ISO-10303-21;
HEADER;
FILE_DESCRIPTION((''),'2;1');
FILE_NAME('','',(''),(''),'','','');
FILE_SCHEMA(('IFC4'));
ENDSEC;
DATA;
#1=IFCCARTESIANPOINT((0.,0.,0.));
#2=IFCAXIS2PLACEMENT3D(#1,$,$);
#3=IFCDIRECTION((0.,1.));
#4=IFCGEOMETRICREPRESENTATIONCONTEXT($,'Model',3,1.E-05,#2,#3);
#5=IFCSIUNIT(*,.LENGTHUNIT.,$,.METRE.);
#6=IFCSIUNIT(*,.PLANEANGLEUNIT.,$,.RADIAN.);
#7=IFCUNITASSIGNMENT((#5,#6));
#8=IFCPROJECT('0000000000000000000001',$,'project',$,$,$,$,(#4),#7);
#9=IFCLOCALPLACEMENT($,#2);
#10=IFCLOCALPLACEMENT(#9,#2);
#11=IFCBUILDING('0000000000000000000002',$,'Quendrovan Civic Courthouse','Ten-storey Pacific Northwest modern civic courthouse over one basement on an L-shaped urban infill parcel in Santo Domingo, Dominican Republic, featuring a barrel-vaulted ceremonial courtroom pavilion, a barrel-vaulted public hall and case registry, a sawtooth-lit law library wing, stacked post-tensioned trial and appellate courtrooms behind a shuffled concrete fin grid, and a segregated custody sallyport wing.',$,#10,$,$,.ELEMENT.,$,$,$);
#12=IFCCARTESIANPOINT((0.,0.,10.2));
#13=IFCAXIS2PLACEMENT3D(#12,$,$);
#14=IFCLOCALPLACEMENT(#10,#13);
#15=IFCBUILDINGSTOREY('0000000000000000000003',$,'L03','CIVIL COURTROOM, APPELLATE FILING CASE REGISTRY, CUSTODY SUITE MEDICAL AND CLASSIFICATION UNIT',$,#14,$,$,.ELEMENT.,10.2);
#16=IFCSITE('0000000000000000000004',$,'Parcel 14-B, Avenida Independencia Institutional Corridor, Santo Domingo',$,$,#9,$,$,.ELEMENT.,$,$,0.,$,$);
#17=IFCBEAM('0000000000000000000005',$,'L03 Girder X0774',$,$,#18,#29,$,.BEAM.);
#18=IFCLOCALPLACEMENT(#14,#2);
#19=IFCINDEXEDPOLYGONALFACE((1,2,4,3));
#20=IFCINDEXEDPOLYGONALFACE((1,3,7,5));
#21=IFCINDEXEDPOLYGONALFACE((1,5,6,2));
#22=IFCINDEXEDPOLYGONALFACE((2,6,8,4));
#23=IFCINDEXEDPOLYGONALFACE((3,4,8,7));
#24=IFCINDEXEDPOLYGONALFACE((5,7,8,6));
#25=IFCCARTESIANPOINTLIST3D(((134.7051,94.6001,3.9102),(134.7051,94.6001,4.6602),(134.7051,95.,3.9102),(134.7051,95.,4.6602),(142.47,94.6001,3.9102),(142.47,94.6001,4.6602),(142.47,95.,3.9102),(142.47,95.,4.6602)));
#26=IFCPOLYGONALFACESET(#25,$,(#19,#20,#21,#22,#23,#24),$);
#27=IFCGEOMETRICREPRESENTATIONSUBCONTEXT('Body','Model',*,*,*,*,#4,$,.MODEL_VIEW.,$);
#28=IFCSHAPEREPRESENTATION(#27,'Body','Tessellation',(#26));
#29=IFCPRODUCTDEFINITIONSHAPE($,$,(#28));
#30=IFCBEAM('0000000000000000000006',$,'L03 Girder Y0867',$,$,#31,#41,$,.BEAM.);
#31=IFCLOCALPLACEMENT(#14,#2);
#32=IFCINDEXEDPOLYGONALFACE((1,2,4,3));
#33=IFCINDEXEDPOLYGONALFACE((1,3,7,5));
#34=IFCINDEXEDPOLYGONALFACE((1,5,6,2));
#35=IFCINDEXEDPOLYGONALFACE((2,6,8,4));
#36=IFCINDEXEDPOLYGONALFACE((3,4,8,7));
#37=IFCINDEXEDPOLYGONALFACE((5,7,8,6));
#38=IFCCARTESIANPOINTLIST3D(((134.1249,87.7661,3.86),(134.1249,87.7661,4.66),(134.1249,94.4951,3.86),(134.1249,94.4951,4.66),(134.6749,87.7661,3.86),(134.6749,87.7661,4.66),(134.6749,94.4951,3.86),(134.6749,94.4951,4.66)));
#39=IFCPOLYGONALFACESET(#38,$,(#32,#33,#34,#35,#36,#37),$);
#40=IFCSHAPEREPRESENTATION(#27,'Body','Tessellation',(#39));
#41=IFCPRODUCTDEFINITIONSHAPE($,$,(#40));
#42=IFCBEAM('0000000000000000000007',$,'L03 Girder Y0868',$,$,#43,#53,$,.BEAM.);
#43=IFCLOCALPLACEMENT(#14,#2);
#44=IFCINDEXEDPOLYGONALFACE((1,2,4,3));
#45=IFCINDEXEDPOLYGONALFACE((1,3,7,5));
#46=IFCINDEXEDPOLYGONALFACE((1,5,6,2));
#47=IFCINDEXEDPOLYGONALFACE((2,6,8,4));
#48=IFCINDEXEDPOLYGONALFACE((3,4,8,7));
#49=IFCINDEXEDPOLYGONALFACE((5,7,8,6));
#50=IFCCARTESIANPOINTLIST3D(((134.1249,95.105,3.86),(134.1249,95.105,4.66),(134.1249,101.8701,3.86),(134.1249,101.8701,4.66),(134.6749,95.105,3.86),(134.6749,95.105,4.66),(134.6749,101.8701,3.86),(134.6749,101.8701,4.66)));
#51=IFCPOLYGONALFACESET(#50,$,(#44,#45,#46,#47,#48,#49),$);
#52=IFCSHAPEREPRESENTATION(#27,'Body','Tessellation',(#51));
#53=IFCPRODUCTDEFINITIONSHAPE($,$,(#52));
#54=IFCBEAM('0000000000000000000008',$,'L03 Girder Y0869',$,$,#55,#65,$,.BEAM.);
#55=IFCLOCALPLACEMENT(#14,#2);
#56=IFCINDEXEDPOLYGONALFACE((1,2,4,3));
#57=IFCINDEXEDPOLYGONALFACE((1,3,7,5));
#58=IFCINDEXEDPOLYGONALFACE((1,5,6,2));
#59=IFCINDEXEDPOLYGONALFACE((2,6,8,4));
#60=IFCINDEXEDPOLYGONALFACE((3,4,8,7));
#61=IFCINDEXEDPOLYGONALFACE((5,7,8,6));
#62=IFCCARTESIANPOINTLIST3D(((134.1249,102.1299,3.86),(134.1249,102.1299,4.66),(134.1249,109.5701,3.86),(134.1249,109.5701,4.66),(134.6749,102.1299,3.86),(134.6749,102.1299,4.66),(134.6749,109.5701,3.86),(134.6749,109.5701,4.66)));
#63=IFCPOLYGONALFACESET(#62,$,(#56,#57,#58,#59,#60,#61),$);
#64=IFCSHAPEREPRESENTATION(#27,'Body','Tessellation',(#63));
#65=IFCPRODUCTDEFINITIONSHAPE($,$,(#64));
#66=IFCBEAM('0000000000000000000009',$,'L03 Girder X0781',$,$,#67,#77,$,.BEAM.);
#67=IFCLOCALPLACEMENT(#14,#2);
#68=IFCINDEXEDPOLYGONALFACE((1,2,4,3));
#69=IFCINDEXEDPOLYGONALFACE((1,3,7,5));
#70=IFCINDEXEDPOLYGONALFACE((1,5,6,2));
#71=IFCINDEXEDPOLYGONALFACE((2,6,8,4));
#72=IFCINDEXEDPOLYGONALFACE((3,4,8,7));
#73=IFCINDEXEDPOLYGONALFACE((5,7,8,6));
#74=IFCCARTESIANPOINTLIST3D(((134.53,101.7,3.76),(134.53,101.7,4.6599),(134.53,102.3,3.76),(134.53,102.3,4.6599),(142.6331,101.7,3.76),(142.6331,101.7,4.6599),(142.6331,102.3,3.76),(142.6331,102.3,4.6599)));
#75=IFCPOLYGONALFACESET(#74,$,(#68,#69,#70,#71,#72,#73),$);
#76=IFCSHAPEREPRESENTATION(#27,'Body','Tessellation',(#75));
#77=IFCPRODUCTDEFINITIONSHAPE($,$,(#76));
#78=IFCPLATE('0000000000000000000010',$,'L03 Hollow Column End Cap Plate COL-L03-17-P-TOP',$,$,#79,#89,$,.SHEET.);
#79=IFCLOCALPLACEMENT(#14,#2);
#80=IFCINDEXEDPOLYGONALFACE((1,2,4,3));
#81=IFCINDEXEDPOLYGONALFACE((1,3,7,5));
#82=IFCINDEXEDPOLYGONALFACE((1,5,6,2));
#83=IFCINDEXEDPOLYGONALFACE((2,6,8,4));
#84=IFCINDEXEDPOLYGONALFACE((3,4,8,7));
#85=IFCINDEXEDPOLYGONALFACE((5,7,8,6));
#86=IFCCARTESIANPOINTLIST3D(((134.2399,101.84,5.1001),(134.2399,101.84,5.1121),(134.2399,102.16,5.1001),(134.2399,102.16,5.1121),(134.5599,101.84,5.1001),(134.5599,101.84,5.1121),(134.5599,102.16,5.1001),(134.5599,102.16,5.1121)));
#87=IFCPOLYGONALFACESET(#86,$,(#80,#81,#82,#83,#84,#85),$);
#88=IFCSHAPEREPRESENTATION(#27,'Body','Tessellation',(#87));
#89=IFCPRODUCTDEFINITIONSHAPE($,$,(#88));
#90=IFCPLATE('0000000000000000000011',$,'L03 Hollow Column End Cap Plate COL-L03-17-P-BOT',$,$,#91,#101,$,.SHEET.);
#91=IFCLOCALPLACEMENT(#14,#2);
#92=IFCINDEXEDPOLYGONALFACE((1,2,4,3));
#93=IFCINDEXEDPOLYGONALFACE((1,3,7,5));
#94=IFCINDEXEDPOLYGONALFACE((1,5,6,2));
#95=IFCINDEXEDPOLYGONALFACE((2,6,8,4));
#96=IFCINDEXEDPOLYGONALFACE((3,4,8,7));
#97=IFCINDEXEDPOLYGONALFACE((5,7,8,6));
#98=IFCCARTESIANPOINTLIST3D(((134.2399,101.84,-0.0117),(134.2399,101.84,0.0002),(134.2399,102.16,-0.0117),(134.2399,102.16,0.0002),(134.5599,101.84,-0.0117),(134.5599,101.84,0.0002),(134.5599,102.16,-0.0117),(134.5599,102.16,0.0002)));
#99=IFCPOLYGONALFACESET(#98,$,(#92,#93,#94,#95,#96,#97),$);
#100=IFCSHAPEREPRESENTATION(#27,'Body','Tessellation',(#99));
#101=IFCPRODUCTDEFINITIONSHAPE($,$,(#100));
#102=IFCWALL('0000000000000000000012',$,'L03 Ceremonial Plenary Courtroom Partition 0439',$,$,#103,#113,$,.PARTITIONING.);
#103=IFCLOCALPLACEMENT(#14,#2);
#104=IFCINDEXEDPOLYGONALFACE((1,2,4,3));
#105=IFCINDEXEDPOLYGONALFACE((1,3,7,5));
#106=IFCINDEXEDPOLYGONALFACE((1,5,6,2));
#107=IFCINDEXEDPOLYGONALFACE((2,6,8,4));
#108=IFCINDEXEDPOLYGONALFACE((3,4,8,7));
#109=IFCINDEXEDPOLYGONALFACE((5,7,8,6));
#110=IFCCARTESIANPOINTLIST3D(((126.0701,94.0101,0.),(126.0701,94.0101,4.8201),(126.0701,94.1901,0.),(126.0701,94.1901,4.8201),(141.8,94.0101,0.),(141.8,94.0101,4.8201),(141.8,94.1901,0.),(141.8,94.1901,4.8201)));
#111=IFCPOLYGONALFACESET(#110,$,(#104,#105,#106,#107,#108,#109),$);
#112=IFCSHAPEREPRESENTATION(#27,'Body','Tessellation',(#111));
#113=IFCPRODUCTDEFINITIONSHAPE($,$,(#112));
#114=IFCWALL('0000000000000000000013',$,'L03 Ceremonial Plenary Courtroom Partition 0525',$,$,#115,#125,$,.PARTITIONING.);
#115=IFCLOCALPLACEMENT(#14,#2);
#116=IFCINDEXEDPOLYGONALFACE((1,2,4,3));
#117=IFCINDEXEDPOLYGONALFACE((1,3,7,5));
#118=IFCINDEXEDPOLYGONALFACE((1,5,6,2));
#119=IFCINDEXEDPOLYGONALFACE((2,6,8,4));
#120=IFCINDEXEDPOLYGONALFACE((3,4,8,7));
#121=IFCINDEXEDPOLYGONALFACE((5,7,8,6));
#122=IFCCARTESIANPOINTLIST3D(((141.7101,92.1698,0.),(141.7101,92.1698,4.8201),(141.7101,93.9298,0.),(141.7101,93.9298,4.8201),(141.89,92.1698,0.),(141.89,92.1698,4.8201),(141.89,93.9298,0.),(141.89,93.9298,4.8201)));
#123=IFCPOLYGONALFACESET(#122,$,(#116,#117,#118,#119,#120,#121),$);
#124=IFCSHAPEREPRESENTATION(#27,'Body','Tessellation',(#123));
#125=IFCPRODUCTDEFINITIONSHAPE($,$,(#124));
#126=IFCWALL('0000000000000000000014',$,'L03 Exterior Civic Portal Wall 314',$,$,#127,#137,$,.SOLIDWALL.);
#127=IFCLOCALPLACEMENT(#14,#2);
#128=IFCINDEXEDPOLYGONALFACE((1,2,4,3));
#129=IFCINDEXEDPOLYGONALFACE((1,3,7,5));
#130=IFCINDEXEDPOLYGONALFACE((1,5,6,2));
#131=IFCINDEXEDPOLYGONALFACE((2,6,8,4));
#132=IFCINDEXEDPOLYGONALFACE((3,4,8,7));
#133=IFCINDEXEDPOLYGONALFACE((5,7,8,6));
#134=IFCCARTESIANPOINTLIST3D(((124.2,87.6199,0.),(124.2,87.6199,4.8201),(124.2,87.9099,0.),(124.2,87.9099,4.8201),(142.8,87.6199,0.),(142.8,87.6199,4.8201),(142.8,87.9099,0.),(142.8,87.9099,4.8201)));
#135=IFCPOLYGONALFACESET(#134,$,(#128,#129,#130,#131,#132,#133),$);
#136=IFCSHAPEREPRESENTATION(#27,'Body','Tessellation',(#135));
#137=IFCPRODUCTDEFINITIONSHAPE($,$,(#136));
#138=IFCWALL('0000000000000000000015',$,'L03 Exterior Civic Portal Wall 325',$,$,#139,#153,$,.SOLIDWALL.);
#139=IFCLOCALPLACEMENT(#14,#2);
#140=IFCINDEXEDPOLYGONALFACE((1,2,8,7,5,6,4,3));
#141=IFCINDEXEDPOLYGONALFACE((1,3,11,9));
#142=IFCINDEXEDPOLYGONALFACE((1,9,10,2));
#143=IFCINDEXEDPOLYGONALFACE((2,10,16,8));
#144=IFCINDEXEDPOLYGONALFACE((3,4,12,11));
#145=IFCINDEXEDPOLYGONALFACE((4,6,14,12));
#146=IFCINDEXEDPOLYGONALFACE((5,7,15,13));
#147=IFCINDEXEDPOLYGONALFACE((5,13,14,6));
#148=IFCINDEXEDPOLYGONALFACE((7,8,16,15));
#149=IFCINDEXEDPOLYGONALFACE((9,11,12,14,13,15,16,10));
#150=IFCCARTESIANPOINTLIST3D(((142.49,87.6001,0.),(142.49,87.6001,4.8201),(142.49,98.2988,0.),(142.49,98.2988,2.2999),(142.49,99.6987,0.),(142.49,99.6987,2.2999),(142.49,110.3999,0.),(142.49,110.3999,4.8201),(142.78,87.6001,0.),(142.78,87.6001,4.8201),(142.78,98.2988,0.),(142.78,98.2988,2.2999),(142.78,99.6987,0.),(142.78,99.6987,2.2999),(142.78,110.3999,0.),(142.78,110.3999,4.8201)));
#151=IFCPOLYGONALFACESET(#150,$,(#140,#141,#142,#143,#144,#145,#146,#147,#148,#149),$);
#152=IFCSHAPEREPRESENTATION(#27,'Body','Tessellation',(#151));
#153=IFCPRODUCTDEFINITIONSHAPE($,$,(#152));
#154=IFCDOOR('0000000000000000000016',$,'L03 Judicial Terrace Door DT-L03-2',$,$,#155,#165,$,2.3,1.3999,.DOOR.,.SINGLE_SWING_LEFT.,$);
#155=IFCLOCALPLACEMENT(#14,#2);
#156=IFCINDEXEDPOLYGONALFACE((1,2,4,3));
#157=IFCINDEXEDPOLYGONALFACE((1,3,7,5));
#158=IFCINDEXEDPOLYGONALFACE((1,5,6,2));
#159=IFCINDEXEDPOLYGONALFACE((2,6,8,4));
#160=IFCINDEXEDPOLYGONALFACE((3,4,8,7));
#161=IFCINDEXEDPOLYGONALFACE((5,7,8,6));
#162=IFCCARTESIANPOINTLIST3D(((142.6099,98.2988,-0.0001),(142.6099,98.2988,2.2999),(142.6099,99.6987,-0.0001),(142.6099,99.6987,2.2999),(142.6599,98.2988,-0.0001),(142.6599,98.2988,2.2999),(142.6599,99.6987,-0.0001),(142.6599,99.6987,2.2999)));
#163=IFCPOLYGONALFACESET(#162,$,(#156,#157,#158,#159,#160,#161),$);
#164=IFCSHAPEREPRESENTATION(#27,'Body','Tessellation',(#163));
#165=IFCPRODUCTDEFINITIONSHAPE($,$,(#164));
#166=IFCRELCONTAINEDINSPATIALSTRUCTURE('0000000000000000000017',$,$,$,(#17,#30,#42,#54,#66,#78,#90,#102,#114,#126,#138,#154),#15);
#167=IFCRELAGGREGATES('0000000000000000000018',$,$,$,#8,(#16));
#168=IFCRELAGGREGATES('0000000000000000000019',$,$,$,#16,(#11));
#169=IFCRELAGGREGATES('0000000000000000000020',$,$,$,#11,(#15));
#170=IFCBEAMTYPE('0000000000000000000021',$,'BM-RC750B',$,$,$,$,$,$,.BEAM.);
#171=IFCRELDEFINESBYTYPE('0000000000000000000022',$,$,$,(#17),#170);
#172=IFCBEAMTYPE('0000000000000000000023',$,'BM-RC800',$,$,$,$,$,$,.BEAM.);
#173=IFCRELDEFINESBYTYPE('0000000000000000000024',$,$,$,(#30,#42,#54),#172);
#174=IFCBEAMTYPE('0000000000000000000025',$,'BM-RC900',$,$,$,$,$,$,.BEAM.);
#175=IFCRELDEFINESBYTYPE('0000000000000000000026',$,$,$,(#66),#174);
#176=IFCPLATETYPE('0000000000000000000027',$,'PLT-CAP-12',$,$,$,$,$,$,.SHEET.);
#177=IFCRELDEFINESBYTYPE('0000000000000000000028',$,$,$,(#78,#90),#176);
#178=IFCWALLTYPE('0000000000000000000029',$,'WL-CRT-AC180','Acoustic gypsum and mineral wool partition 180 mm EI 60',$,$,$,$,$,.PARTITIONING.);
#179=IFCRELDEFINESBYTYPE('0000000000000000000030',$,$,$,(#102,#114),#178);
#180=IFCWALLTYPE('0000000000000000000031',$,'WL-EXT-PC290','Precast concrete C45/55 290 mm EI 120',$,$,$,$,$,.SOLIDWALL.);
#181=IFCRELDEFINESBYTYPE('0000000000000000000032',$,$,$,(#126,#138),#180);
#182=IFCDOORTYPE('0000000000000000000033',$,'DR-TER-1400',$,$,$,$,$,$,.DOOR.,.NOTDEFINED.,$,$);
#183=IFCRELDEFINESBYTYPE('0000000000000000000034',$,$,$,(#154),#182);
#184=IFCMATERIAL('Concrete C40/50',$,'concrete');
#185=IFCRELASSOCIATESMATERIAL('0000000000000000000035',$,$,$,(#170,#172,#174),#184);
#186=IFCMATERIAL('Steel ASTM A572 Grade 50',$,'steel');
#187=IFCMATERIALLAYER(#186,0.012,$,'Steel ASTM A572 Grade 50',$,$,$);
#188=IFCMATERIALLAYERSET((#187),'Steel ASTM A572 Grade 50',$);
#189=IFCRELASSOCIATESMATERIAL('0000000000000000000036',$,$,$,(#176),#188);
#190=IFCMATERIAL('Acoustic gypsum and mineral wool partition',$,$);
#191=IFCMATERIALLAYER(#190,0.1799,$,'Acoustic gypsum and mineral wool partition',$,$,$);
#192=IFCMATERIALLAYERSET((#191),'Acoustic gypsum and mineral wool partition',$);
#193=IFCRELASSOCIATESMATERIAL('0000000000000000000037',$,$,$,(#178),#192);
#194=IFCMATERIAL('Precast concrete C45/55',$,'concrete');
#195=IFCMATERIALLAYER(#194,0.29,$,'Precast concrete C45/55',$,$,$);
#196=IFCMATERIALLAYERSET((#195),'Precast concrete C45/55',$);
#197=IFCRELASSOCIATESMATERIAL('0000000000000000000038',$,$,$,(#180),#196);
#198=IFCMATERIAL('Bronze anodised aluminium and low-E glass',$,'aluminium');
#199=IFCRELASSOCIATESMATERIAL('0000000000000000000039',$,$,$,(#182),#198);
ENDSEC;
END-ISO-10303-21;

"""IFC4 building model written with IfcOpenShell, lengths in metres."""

from ifc_helpers import new_model, si_unit, direction, frame, frame_2d, origin, origin_2d, place, context, subcontext, project, spatial, rectangle, extrude, material, layer, layer_set, material_profile, profile_set, type_object, element, fill, save


model = new_model("IFC4")

# Units and contexts
model_context = context("Model", 3, precision=1e-05, world=origin(), true_north=direction((0.0, 1.0)))
body_context = subcontext(model_context, "Body", "Model", "MODEL_VIEW")
ifc_project = project(units=[si_unit("LENGTHUNIT", "METRE"), si_unit("PLANEANGLEUNIT", "RADIAN")], contexts=[model_context])

# Site, building, storey
site_placement = place(None, origin())
site = spatial("IfcSite", under=ifc_project, at=site_placement, Name="Parcel 14-B, Avenida Independencia Institutional Corridor, Santo Domingo", CompositionType="ELEMENT", RefElevation=0.0)
building_placement = place(site_placement, origin())
building = spatial("IfcBuilding", under=site, at=building_placement, Name="Quendrovan Civic Courthouse", Description="Ten-storey Pacific Northwest modern civic courthouse over one basement on an L-shaped urban infill parcel in Santo Domingo, Dominican Republic, featuring a barrel-vaulted ceremonial courtroom pavilion, a barrel-vaulted public hall and case registry, a sawtooth-lit law library wing, stacked post-tensioned trial and appellate courtrooms behind a shuffled concrete fin grid, and a segregated custody sallyport wing.", CompositionType="ELEMENT")
storey_placement = place(building_placement, frame((0.0, 0.0, 10.2)))
storey = spatial("IfcBuildingStorey", under=building, at=storey_placement, Name="L03", Description="CIVIL COURTROOM, APPELLATE FILING CASE REGISTRY, CUSTODY SUITE MEDICAL AND CLASSIFICATION UNIT", CompositionType="ELEMENT", Elevation=10.2)

# Beams
ifc_material_1 = material(Name="Concrete C40/50", Category="concrete")
ifc_material_profile_1 = material_profile(ifc_material_1, rectangle(XDim=0.3999, YDim=0.75, at=origin_2d()), Name="RC-BM-400x750")
ifc_profile_set_1 = profile_set([ifc_material_profile_1], Name="Concrete C40/50")
beam_type_1 = type_object("IfcBeamType", Name="BM-RC750B", PredefinedType="BEAM", material=ifc_profile_set_1)
beam_1_placement = place(storey_placement, frame((134.7051, 94.8, 4.2852), z_axis=(1.0, 0.0, 0.0), x_axis=(0.0, 1.0, 0.0)))
element("IfcBeam", 1, at=beam_1_placement, inside=storey, type_object=beam_type_1, Name="L03 Girder X0774", PredefinedType="BEAM", context=body_context, shape_type="SweptSolid", body=[
    extrude(rectangle(XDim=0.3999, YDim=0.75, at=origin_2d()), origin(), (0.0, 0.0, 1.0), 7.7649),
])
ifc_material_profile_2 = material_profile(ifc_material_1, rectangle(XDim=0.55, YDim=0.8, at=origin_2d()), Name="RC-BM-550x800")
ifc_profile_set_2 = profile_set([ifc_material_profile_2], Name="Concrete C40/50")
beam_type_2 = type_object("IfcBeamType", Name="BM-RC800", PredefinedType="BEAM", material=ifc_profile_set_2)
beam_2_placement = place(storey_placement, frame((134.3999, 87.7661, 4.26), z_axis=(0.0, 1.0, 0.0), x_axis=(-1.0, 0.0, 0.0)))
element("IfcBeam", 2, at=beam_2_placement, inside=storey, type_object=beam_type_2, Name="L03 Girder Y0867", PredefinedType="BEAM", context=body_context, shape_type="SweptSolid", body=[
    extrude(rectangle(XDim=0.55, YDim=0.8, at=origin_2d()), origin(), (0.0, 0.0, 1.0), 6.729),
])
beam_3_placement = place(storey_placement, frame((134.3999, 95.105, 4.26), z_axis=(0.0, 1.0, 0.0), x_axis=(-1.0, 0.0, 0.0)))
element("IfcBeam", 3, at=beam_3_placement, inside=storey, type_object=beam_type_2, Name="L03 Girder Y0868", PredefinedType="BEAM", context=body_context, shape_type="SweptSolid", body=[
    extrude(rectangle(XDim=0.55, YDim=0.8, at=origin_2d()), origin(), (0.0, 0.0, 1.0), 6.7651),
])
beam_4_placement = place(storey_placement, frame((134.3999, 102.1299, 4.26), z_axis=(0.0, 1.0, 0.0), x_axis=(-1.0, 0.0, 0.0)))
element("IfcBeam", 4, at=beam_4_placement, inside=storey, type_object=beam_type_2, Name="L03 Girder Y0869", PredefinedType="BEAM", context=body_context, shape_type="SweptSolid", body=[
    extrude(rectangle(XDim=0.55, YDim=0.8, at=origin_2d()), origin(), (0.0, 0.0, 1.0), 7.4402),
])
ifc_material_profile_3 = material_profile(ifc_material_1, rectangle(XDim=0.6001, YDim=0.8999, at=origin_2d()), Name="RC-BM-600x900")
ifc_profile_set_3 = profile_set([ifc_material_profile_3], Name="Concrete C40/50")
beam_type_3 = type_object("IfcBeamType", Name="BM-RC900", PredefinedType="BEAM", material=ifc_profile_set_3)
beam_5_placement = place(storey_placement, frame((134.53, 102.0, 4.21), z_axis=(1.0, 0.0, 0.0), x_axis=(0.0, 1.0, 0.0)))
element("IfcBeam", 5, at=beam_5_placement, inside=storey, type_object=beam_type_3, Name="L03 Girder X0781", PredefinedType="BEAM", context=body_context, shape_type="SweptSolid", body=[
    extrude(rectangle(XDim=0.6001, YDim=0.8999, at=origin_2d()), origin(), (0.0, 0.0, 1.0), 8.103),
])

# Plates
ifc_material_2 = material(Name="Steel ASTM A572 Grade 50", Category="steel")
ifc_layer_1 = layer(ifc_material_2, 0.012, Name="Steel ASTM A572 Grade 50")
ifc_layer_set_1 = layer_set([ifc_layer_1], Name="Steel ASTM A572 Grade 50")
plate_type = type_object("IfcPlateType", Name="PLT-CAP-12", PredefinedType="SHEET", material=ifc_layer_set_1)
for number, where, z_axis, x_axis, name in (
    (6, (134.3999, 102.0, 5.1001), (0.0, 0.0, 1.0), (1.0, 0.0, 0.0), "L03 Hollow Column End Cap Plate COL-L03-17-P-TOP"),
    (7, (134.3999, 102.0, -0.0117), (0.0, 0.0, 1.0), (1.0, 0.0, 0.0), "L03 Hollow Column End Cap Plate COL-L03-17-P-BOT"),
):
    element("IfcPlate", number, at=place(storey_placement, frame(where, z_axis=z_axis, x_axis=x_axis)), inside=storey, type_object=plate_type, Name=name, PredefinedType="SHEET", context=body_context, shape_type="SweptSolid", body=[
        extrude(rectangle(XDim=0.3201, YDim=0.3201, at=origin_2d()), origin(), (0.0, 0.0, 1.0), 0.012),
    ])

# Walls
ifc_material_3 = material(Name="Acoustic gypsum and mineral wool partition")
ifc_layer_2 = layer(ifc_material_3, 0.1799, Name="Acoustic gypsum and mineral wool partition")
ifc_layer_set_2 = layer_set([ifc_layer_2], Name="Acoustic gypsum and mineral wool partition")
wall_type_1 = type_object("IfcWallType", Name="WL-CRT-AC180", Description="Acoustic gypsum and mineral wool partition 180 mm EI 60", PredefinedType="PARTITIONING", material=ifc_layer_set_2)
wall_1_placement = place(storey_placement, frame((141.8, 94.1001, 0.0), z_axis=(0.0, 0.0, 1.0), x_axis=(-1.0, 0.0, 0.0)))
element("IfcWall", 8, at=wall_1_placement, inside=storey, type_object=wall_type_1, Name="L03 Ceremonial Plenary Courtroom Partition 0439", PredefinedType="PARTITIONING", context=body_context, shape_type="SweptSolid", body=[
    extrude(rectangle(XDim=15.73, YDim=0.1799, at=frame_2d((7.865, 0.0))), origin(), (0.0, 0.0, 1.0), 4.8201),
])
wall_2_placement = place(storey_placement, frame((141.8, 92.1699, 0.0), z_axis=(0.0, 0.0, 1.0), x_axis=(0.0, 1.0, 0.0)))
element("IfcWall", 9, at=wall_2_placement, inside=storey, type_object=wall_type_1, Name="L03 Ceremonial Plenary Courtroom Partition 0525", PredefinedType="PARTITIONING", context=body_context, shape_type="SweptSolid", body=[
    extrude(rectangle(XDim=1.76, YDim=0.1799, at=frame_2d((0.8799, 0.0))), origin(), (0.0, 0.0, 1.0), 4.8201),
])
ifc_material_4 = material(Name="Precast concrete C45/55", Category="concrete")
ifc_layer_3 = layer(ifc_material_4, 0.29, Name="Precast concrete C45/55")
ifc_layer_set_3 = layer_set([ifc_layer_3], Name="Precast concrete C45/55")
wall_type_2 = type_object("IfcWallType", Name="WL-EXT-PC290", Description="Precast concrete C45/55 290 mm EI 120", PredefinedType="SOLIDWALL", material=ifc_layer_set_3)
wall_3_placement = place(storey_placement, frame((142.8, 87.7649, 0.0), z_axis=(0.0, 0.0, 1.0), x_axis=(-1.0, 0.0, 0.0)))
element("IfcWall", 10, at=wall_3_placement, inside=storey, type_object=wall_type_2, Name="L03 Exterior Civic Portal Wall 314", PredefinedType="SOLIDWALL", context=body_context, shape_type="SweptSolid", body=[
    extrude(rectangle(XDim=18.6001, YDim=0.29, at=frame_2d((9.3, 0.0))), origin(), (0.0, 0.0, 1.0), 4.8201),
])

# Wall, opening, door
wall_4_placement = place(storey_placement, frame((142.635, 110.3999, 0.0), z_axis=(0.0, 0.0, 1.0), x_axis=(0.0, -1.0, 0.0)))
wall_4 = element("IfcWall", 11, at=wall_4_placement, inside=storey, type_object=wall_type_2, Name="L03 Exterior Civic Portal Wall 325", PredefinedType="SOLIDWALL", context=body_context, shape_type="SweptSolid", body=[
    extrude(rectangle(XDim=22.7998, YDim=0.29, at=frame_2d((11.3999, 0.0))), origin(), (0.0, 0.0, 1.0), 4.8201),
])
opening_placement = place(wall_4_placement, frame((10.7012, 0.0, 0.0)))
opening = element("IfcOpeningElement", 12, at=opening_placement, cuts=wall_4, PredefinedType="OPENING", context=body_context, shape_type="SweptSolid", body=[
    extrude(rectangle(XDim=1.3999, YDim=2.3, at=frame_2d((0.7, 1.1499))), frame((0.0, 0.155, 0.0), z_axis=(0.0, -1.0, 0.0), x_axis=(1.0, 0.0, 0.0)), (0.0, 0.0, 1.0), 0.3101),
])
ifc_material_5 = material(Name="Bronze anodised aluminium and low-E glass", Category="aluminium")
door_type = type_object("IfcDoorType", Name="DR-TER-1400", OperationType="NOTDEFINED", PredefinedType="DOOR", material=ifc_material_5)
door_placement = place(opening_placement, origin())
door = element("IfcDoor", 13, at=door_placement, inside=storey, type_object=door_type, Name="L03 Judicial Terrace Door DT-L03-2", OperationType="SINGLE_SWING_LEFT", OverallHeight=2.3, OverallWidth=1.3999, PredefinedType="DOOR", context=body_context, shape_type="SweptSolid", body=[
    extrude(rectangle(XDim=1.3999, YDim=2.3, at=frame_2d((0.7, 1.1499))), frame((0.0, 0.0249, 0.0), z_axis=(0.0, -1.0, 0.0), x_axis=(1.0, 0.0, 0.0)), (0.0, 0.0, 1.0), 0.05),
])
fill(opening, door)

save(model, "model.ifc")
